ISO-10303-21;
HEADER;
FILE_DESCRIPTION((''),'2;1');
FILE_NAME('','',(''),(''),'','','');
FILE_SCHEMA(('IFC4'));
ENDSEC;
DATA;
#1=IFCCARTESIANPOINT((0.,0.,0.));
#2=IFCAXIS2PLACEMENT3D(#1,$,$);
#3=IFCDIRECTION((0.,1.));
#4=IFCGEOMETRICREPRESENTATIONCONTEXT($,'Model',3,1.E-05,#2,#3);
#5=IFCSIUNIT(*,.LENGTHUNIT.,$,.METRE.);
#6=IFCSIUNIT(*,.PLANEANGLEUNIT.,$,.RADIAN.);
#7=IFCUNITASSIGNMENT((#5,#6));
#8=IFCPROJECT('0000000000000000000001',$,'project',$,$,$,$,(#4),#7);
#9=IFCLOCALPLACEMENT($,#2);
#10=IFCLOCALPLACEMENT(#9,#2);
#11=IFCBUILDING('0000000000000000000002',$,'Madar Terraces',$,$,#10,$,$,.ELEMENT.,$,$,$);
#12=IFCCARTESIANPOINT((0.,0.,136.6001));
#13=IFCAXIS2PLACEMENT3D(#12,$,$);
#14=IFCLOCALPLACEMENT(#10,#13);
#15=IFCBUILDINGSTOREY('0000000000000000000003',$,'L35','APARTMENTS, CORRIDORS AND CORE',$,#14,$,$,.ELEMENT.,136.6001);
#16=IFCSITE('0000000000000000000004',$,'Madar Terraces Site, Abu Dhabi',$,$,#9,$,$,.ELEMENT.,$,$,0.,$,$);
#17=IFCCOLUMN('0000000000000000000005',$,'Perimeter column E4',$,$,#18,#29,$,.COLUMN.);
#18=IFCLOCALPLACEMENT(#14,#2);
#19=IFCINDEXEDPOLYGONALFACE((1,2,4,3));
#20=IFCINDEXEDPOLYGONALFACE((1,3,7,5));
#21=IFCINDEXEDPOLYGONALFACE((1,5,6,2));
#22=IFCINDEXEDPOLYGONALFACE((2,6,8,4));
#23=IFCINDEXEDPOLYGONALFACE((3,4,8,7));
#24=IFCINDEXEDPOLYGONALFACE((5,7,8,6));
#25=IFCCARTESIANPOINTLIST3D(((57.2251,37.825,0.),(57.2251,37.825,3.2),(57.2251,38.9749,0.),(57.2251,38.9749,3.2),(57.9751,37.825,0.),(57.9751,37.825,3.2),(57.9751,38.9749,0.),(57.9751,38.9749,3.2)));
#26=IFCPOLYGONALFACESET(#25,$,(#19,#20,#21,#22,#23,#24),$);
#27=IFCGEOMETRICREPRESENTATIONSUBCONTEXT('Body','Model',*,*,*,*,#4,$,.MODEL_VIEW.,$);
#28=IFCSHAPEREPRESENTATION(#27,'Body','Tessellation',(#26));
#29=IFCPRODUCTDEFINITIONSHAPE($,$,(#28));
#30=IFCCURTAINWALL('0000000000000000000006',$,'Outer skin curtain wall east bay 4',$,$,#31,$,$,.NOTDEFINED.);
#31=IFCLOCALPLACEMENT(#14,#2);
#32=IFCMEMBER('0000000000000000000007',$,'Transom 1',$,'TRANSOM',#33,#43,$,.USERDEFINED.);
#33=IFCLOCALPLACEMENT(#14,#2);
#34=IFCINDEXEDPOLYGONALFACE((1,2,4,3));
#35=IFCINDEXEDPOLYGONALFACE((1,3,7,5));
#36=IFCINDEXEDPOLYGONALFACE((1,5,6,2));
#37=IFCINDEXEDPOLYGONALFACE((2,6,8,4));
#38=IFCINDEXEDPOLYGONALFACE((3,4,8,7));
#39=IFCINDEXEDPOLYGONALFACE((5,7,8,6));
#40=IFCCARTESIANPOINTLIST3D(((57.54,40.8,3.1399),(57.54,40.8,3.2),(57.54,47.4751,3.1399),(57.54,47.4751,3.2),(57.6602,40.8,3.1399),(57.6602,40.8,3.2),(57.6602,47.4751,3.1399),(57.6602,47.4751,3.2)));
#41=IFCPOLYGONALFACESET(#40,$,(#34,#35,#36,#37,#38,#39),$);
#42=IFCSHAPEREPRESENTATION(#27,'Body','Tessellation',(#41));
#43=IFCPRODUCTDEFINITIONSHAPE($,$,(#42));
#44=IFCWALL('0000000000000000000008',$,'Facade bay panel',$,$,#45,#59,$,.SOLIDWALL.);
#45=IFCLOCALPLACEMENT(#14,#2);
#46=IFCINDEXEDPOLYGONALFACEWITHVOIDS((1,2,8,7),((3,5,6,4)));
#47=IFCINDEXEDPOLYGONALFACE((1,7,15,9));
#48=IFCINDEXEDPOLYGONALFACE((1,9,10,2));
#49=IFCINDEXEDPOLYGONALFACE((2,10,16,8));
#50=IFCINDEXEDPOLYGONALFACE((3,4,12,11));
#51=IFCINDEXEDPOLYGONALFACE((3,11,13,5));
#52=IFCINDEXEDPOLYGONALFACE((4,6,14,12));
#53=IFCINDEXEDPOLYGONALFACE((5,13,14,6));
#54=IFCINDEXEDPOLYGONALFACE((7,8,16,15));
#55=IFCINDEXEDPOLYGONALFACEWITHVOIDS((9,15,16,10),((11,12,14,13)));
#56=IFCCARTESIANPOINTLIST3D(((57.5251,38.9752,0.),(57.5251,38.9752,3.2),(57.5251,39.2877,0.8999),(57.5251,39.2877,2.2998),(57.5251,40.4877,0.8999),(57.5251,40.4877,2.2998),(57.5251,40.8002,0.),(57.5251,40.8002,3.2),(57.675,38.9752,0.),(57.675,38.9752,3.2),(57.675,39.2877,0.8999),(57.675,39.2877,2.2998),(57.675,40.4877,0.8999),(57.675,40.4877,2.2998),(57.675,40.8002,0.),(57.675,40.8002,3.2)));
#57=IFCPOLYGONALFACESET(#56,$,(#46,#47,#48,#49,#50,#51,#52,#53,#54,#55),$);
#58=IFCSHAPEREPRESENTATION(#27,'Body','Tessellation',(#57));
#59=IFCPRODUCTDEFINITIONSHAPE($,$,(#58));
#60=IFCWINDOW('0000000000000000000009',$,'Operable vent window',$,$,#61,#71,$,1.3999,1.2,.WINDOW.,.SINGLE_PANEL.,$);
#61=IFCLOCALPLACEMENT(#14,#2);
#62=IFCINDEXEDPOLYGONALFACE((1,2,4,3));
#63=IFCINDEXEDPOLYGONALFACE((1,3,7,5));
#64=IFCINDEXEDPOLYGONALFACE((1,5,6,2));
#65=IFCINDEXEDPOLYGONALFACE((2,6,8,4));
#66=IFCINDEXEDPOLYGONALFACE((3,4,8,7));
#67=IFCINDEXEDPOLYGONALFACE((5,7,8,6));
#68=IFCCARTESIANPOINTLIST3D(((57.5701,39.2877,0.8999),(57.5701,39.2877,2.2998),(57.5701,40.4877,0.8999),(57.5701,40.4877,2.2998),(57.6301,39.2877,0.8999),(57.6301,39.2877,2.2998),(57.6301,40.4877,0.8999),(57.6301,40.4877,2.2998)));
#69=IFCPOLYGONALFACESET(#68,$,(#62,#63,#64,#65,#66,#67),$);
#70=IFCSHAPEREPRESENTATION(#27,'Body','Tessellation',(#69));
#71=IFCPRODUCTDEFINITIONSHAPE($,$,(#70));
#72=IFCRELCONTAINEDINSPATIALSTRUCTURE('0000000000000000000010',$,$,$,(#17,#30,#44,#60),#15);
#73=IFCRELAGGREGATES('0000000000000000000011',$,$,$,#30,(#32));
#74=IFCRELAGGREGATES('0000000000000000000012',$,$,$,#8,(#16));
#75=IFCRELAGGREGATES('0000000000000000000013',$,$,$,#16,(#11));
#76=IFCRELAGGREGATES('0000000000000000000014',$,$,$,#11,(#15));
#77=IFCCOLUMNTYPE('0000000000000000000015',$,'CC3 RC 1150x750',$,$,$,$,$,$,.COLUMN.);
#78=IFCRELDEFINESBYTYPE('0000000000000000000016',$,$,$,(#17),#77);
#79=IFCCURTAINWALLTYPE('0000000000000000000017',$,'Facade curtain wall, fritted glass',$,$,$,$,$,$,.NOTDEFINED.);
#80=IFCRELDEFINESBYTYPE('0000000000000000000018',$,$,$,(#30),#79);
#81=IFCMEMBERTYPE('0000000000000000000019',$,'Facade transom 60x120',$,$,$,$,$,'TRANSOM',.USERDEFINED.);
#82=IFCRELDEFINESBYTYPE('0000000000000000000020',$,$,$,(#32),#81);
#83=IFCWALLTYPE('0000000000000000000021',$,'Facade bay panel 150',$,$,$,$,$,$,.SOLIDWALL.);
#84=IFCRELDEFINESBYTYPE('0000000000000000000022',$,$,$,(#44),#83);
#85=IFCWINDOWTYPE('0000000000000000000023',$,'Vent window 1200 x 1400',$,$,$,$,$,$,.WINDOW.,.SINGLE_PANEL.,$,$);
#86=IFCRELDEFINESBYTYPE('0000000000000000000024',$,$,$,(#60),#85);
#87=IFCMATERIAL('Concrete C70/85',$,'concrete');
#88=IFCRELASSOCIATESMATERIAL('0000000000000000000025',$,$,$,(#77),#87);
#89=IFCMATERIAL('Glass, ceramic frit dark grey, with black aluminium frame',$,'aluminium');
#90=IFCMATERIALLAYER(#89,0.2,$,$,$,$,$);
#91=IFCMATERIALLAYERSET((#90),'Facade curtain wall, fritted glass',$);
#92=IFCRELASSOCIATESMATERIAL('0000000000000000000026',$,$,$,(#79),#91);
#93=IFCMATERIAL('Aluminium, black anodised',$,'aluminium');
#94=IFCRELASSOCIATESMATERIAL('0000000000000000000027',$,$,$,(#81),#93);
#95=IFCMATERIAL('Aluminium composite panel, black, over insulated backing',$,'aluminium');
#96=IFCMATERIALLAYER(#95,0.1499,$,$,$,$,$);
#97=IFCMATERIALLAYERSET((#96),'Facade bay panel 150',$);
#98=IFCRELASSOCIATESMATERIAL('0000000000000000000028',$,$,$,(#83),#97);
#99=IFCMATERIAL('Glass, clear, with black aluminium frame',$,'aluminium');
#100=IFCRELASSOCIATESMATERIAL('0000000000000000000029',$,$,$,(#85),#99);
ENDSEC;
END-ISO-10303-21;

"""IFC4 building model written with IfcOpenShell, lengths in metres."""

from ifc_helpers import new_model, si_unit, direction, frame, frame_2d, origin, origin_2d, place, context, subcontext, project, spatial, rectangle, extrude, material, layer, layer_set, material_profile, profile_set, type_object, element, fill, aggregate, save


model = new_model("IFC4")

# Units and contexts
model_context = context("Model", 3, precision=1e-05, world=origin(), true_north=direction((0.0, 1.0)))
body_context = subcontext(model_context, "Body", "Model", "MODEL_VIEW")
ifc_project = project(units=[si_unit("LENGTHUNIT", "METRE"), si_unit("PLANEANGLEUNIT", "RADIAN")], contexts=[model_context])

# Site, building, storey
site_placement = place(None, origin())
site = spatial("IfcSite", under=ifc_project, at=site_placement, Name="Madar Terraces Site, Abu Dhabi", CompositionType="ELEMENT", RefElevation=0.0)
building_placement = place(site_placement, origin())
building = spatial("IfcBuilding", under=site, at=building_placement, Name="Madar Terraces", CompositionType="ELEMENT")
storey_placement = place(building_placement, frame((0.0, 0.0, 136.6001)))
storey = spatial("IfcBuildingStorey", under=building, at=storey_placement, Name="L35", Description="APARTMENTS, CORRIDORS AND CORE", CompositionType="ELEMENT", Elevation=136.6001)

# Column
ifc_material_1 = material(Name="Concrete C70/85", Category="concrete")
ifc_material_profile_1 = material_profile(ifc_material_1, rectangle(XDim=1.1499, YDim=0.75, at=origin_2d()), Name="CC3 RC 1150x750")
ifc_profile_set_1 = profile_set([ifc_material_profile_1], Name="Concrete C70/85")
column_type = type_object("IfcColumnType", Name="CC3 RC 1150x750", PredefinedType="COLUMN", material=ifc_profile_set_1)
column_placement = place(storey_placement, frame((57.6001, 38.3999, 0.0), z_axis=(0.0, 0.0, 1.0), x_axis=(0.0, 1.0, 0.0)))
element("IfcColumn", 1, at=column_placement, inside=storey, type_object=column_type, Name="Perimeter column E4", PredefinedType="COLUMN", context=body_context, shape_type="SweptSolid", body=[
    extrude(rectangle(XDim=1.1499, YDim=0.75, at=origin_2d()), origin(), (0.0, 0.0, 1.0), 3.2),
])

# Curtain wall, member
ifc_material_2 = material(Name="Glass, ceramic frit dark grey, with black aluminium frame", Category="aluminium")
ifc_layer_1 = layer(ifc_material_2, 0.2)
ifc_layer_set_1 = layer_set([ifc_layer_1], Name="Facade curtain wall, fritted glass")
curtain_wall_type = type_object("IfcCurtainWallType", Name="Facade curtain wall, fritted glass", PredefinedType="NOTDEFINED", material=ifc_layer_set_1)
curtain_wall_placement = place(storey_placement, origin())
curtain_wall = element("IfcCurtainWall", 2, at=curtain_wall_placement, inside=storey, type_object=curtain_wall_type, Name="Outer skin curtain wall east bay 4", PredefinedType="NOTDEFINED")
ifc_material_3 = material(Name="Aluminium, black anodised", Category="aluminium")
ifc_material_profile_2 = material_profile(ifc_material_3, rectangle(XDim=0.1201, YDim=0.0601, at=origin_2d()), Name="Facade transom 60x120")
ifc_profile_set_2 = profile_set([ifc_material_profile_2], Name="Aluminium, black anodised")
member_type = type_object("IfcMemberType", Name="Facade transom 60x120", ElementType="TRANSOM", PredefinedType="USERDEFINED", material=ifc_profile_set_2)
member_placement = place(storey_placement, frame((57.6001, 40.8, 3.1699), z_axis=(0.0, 1.0, 0.0), x_axis=(-1.0, 0.0, 0.0)))
member = element("IfcMember", 3, at=member_placement, type_object=member_type, Name="Transom 1", ObjectType="TRANSOM", PredefinedType="USERDEFINED", context=body_context, shape_type="SweptSolid", body=[
    extrude(rectangle(XDim=0.1201, YDim=0.0601, at=origin_2d()), origin(), (0.0, 0.0, 1.0), 6.675),
])
aggregate(curtain_wall, [member])

# Wall, opening, window
ifc_material_4 = material(Name="Aluminium composite panel, black, over insulated backing", Category="aluminium")
ifc_layer_2 = layer(ifc_material_4, 0.1499)
ifc_layer_set_2 = layer_set([ifc_layer_2], Name="Facade bay panel 150")
wall_type_1 = type_object("IfcWallType", Name="Facade bay panel 150", PredefinedType="SOLIDWALL", material=ifc_layer_set_2)
wall_1_placement = place(storey_placement, frame((57.6001, 38.9751, 0.0), z_axis=(0.0, 0.0, 1.0), x_axis=(0.0, 1.0, 0.0)))
wall_1 = element("IfcWall", 4, at=wall_1_placement, inside=storey, type_object=wall_type_1, Name="Facade bay panel", PredefinedType="SOLIDWALL", context=body_context, shape_type="SweptSolid", body=[
    extrude(rectangle(XDim=1.825, YDim=0.1499, at=frame_2d((0.9126, 0.0))), origin(), (0.0, 0.0, 1.0), 3.2),
])
opening_1_placement = place(wall_1_placement, frame((0.3125, 0.0, 0.8999)))
opening_1 = element("IfcOpeningElement", 5, at=opening_1_placement, cuts=wall_1, PredefinedType="OPENING", context=body_context, shape_type="SweptSolid", body=[
    extrude(rectangle(XDim=1.2, YDim=1.3999, at=frame_2d((0.6001, 0.7))), frame((0.0, 0.085, 0.0), z_axis=(0.0, -1.0, 0.0), x_axis=(1.0, 0.0, 0.0)), (0.0, 0.0, 1.0), 0.1699),
])
ifc_material_5 = material(Name="Glass, clear, with black aluminium frame", Category="aluminium")
window_type = type_object("IfcWindowType", Name="Vent window 1200 x 1400", PartitioningType="SINGLE_PANEL", PredefinedType="WINDOW", material=ifc_material_5)
window_placement = place(opening_1_placement, origin())
window = element("IfcWindow", 6, at=window_placement, inside=storey, type_object=window_type, Name="Operable vent window", OverallHeight=1.3999, OverallWidth=1.2, PartitioningType="SINGLE_PANEL", PredefinedType="WINDOW", context=body_context, shape_type="SweptSolid", body=[
    extrude(rectangle(XDim=1.2, YDim=1.3999, at=frame_2d((0.6001, 0.7))), frame((0.0, 0.03, 0.0), z_axis=(0.0, -1.0, 0.0), x_axis=(1.0, 0.0, 0.0)), (0.0, 0.0, 1.0), 0.0601),
])
fill(opening_1, window)

save(model, "model.ifc")
